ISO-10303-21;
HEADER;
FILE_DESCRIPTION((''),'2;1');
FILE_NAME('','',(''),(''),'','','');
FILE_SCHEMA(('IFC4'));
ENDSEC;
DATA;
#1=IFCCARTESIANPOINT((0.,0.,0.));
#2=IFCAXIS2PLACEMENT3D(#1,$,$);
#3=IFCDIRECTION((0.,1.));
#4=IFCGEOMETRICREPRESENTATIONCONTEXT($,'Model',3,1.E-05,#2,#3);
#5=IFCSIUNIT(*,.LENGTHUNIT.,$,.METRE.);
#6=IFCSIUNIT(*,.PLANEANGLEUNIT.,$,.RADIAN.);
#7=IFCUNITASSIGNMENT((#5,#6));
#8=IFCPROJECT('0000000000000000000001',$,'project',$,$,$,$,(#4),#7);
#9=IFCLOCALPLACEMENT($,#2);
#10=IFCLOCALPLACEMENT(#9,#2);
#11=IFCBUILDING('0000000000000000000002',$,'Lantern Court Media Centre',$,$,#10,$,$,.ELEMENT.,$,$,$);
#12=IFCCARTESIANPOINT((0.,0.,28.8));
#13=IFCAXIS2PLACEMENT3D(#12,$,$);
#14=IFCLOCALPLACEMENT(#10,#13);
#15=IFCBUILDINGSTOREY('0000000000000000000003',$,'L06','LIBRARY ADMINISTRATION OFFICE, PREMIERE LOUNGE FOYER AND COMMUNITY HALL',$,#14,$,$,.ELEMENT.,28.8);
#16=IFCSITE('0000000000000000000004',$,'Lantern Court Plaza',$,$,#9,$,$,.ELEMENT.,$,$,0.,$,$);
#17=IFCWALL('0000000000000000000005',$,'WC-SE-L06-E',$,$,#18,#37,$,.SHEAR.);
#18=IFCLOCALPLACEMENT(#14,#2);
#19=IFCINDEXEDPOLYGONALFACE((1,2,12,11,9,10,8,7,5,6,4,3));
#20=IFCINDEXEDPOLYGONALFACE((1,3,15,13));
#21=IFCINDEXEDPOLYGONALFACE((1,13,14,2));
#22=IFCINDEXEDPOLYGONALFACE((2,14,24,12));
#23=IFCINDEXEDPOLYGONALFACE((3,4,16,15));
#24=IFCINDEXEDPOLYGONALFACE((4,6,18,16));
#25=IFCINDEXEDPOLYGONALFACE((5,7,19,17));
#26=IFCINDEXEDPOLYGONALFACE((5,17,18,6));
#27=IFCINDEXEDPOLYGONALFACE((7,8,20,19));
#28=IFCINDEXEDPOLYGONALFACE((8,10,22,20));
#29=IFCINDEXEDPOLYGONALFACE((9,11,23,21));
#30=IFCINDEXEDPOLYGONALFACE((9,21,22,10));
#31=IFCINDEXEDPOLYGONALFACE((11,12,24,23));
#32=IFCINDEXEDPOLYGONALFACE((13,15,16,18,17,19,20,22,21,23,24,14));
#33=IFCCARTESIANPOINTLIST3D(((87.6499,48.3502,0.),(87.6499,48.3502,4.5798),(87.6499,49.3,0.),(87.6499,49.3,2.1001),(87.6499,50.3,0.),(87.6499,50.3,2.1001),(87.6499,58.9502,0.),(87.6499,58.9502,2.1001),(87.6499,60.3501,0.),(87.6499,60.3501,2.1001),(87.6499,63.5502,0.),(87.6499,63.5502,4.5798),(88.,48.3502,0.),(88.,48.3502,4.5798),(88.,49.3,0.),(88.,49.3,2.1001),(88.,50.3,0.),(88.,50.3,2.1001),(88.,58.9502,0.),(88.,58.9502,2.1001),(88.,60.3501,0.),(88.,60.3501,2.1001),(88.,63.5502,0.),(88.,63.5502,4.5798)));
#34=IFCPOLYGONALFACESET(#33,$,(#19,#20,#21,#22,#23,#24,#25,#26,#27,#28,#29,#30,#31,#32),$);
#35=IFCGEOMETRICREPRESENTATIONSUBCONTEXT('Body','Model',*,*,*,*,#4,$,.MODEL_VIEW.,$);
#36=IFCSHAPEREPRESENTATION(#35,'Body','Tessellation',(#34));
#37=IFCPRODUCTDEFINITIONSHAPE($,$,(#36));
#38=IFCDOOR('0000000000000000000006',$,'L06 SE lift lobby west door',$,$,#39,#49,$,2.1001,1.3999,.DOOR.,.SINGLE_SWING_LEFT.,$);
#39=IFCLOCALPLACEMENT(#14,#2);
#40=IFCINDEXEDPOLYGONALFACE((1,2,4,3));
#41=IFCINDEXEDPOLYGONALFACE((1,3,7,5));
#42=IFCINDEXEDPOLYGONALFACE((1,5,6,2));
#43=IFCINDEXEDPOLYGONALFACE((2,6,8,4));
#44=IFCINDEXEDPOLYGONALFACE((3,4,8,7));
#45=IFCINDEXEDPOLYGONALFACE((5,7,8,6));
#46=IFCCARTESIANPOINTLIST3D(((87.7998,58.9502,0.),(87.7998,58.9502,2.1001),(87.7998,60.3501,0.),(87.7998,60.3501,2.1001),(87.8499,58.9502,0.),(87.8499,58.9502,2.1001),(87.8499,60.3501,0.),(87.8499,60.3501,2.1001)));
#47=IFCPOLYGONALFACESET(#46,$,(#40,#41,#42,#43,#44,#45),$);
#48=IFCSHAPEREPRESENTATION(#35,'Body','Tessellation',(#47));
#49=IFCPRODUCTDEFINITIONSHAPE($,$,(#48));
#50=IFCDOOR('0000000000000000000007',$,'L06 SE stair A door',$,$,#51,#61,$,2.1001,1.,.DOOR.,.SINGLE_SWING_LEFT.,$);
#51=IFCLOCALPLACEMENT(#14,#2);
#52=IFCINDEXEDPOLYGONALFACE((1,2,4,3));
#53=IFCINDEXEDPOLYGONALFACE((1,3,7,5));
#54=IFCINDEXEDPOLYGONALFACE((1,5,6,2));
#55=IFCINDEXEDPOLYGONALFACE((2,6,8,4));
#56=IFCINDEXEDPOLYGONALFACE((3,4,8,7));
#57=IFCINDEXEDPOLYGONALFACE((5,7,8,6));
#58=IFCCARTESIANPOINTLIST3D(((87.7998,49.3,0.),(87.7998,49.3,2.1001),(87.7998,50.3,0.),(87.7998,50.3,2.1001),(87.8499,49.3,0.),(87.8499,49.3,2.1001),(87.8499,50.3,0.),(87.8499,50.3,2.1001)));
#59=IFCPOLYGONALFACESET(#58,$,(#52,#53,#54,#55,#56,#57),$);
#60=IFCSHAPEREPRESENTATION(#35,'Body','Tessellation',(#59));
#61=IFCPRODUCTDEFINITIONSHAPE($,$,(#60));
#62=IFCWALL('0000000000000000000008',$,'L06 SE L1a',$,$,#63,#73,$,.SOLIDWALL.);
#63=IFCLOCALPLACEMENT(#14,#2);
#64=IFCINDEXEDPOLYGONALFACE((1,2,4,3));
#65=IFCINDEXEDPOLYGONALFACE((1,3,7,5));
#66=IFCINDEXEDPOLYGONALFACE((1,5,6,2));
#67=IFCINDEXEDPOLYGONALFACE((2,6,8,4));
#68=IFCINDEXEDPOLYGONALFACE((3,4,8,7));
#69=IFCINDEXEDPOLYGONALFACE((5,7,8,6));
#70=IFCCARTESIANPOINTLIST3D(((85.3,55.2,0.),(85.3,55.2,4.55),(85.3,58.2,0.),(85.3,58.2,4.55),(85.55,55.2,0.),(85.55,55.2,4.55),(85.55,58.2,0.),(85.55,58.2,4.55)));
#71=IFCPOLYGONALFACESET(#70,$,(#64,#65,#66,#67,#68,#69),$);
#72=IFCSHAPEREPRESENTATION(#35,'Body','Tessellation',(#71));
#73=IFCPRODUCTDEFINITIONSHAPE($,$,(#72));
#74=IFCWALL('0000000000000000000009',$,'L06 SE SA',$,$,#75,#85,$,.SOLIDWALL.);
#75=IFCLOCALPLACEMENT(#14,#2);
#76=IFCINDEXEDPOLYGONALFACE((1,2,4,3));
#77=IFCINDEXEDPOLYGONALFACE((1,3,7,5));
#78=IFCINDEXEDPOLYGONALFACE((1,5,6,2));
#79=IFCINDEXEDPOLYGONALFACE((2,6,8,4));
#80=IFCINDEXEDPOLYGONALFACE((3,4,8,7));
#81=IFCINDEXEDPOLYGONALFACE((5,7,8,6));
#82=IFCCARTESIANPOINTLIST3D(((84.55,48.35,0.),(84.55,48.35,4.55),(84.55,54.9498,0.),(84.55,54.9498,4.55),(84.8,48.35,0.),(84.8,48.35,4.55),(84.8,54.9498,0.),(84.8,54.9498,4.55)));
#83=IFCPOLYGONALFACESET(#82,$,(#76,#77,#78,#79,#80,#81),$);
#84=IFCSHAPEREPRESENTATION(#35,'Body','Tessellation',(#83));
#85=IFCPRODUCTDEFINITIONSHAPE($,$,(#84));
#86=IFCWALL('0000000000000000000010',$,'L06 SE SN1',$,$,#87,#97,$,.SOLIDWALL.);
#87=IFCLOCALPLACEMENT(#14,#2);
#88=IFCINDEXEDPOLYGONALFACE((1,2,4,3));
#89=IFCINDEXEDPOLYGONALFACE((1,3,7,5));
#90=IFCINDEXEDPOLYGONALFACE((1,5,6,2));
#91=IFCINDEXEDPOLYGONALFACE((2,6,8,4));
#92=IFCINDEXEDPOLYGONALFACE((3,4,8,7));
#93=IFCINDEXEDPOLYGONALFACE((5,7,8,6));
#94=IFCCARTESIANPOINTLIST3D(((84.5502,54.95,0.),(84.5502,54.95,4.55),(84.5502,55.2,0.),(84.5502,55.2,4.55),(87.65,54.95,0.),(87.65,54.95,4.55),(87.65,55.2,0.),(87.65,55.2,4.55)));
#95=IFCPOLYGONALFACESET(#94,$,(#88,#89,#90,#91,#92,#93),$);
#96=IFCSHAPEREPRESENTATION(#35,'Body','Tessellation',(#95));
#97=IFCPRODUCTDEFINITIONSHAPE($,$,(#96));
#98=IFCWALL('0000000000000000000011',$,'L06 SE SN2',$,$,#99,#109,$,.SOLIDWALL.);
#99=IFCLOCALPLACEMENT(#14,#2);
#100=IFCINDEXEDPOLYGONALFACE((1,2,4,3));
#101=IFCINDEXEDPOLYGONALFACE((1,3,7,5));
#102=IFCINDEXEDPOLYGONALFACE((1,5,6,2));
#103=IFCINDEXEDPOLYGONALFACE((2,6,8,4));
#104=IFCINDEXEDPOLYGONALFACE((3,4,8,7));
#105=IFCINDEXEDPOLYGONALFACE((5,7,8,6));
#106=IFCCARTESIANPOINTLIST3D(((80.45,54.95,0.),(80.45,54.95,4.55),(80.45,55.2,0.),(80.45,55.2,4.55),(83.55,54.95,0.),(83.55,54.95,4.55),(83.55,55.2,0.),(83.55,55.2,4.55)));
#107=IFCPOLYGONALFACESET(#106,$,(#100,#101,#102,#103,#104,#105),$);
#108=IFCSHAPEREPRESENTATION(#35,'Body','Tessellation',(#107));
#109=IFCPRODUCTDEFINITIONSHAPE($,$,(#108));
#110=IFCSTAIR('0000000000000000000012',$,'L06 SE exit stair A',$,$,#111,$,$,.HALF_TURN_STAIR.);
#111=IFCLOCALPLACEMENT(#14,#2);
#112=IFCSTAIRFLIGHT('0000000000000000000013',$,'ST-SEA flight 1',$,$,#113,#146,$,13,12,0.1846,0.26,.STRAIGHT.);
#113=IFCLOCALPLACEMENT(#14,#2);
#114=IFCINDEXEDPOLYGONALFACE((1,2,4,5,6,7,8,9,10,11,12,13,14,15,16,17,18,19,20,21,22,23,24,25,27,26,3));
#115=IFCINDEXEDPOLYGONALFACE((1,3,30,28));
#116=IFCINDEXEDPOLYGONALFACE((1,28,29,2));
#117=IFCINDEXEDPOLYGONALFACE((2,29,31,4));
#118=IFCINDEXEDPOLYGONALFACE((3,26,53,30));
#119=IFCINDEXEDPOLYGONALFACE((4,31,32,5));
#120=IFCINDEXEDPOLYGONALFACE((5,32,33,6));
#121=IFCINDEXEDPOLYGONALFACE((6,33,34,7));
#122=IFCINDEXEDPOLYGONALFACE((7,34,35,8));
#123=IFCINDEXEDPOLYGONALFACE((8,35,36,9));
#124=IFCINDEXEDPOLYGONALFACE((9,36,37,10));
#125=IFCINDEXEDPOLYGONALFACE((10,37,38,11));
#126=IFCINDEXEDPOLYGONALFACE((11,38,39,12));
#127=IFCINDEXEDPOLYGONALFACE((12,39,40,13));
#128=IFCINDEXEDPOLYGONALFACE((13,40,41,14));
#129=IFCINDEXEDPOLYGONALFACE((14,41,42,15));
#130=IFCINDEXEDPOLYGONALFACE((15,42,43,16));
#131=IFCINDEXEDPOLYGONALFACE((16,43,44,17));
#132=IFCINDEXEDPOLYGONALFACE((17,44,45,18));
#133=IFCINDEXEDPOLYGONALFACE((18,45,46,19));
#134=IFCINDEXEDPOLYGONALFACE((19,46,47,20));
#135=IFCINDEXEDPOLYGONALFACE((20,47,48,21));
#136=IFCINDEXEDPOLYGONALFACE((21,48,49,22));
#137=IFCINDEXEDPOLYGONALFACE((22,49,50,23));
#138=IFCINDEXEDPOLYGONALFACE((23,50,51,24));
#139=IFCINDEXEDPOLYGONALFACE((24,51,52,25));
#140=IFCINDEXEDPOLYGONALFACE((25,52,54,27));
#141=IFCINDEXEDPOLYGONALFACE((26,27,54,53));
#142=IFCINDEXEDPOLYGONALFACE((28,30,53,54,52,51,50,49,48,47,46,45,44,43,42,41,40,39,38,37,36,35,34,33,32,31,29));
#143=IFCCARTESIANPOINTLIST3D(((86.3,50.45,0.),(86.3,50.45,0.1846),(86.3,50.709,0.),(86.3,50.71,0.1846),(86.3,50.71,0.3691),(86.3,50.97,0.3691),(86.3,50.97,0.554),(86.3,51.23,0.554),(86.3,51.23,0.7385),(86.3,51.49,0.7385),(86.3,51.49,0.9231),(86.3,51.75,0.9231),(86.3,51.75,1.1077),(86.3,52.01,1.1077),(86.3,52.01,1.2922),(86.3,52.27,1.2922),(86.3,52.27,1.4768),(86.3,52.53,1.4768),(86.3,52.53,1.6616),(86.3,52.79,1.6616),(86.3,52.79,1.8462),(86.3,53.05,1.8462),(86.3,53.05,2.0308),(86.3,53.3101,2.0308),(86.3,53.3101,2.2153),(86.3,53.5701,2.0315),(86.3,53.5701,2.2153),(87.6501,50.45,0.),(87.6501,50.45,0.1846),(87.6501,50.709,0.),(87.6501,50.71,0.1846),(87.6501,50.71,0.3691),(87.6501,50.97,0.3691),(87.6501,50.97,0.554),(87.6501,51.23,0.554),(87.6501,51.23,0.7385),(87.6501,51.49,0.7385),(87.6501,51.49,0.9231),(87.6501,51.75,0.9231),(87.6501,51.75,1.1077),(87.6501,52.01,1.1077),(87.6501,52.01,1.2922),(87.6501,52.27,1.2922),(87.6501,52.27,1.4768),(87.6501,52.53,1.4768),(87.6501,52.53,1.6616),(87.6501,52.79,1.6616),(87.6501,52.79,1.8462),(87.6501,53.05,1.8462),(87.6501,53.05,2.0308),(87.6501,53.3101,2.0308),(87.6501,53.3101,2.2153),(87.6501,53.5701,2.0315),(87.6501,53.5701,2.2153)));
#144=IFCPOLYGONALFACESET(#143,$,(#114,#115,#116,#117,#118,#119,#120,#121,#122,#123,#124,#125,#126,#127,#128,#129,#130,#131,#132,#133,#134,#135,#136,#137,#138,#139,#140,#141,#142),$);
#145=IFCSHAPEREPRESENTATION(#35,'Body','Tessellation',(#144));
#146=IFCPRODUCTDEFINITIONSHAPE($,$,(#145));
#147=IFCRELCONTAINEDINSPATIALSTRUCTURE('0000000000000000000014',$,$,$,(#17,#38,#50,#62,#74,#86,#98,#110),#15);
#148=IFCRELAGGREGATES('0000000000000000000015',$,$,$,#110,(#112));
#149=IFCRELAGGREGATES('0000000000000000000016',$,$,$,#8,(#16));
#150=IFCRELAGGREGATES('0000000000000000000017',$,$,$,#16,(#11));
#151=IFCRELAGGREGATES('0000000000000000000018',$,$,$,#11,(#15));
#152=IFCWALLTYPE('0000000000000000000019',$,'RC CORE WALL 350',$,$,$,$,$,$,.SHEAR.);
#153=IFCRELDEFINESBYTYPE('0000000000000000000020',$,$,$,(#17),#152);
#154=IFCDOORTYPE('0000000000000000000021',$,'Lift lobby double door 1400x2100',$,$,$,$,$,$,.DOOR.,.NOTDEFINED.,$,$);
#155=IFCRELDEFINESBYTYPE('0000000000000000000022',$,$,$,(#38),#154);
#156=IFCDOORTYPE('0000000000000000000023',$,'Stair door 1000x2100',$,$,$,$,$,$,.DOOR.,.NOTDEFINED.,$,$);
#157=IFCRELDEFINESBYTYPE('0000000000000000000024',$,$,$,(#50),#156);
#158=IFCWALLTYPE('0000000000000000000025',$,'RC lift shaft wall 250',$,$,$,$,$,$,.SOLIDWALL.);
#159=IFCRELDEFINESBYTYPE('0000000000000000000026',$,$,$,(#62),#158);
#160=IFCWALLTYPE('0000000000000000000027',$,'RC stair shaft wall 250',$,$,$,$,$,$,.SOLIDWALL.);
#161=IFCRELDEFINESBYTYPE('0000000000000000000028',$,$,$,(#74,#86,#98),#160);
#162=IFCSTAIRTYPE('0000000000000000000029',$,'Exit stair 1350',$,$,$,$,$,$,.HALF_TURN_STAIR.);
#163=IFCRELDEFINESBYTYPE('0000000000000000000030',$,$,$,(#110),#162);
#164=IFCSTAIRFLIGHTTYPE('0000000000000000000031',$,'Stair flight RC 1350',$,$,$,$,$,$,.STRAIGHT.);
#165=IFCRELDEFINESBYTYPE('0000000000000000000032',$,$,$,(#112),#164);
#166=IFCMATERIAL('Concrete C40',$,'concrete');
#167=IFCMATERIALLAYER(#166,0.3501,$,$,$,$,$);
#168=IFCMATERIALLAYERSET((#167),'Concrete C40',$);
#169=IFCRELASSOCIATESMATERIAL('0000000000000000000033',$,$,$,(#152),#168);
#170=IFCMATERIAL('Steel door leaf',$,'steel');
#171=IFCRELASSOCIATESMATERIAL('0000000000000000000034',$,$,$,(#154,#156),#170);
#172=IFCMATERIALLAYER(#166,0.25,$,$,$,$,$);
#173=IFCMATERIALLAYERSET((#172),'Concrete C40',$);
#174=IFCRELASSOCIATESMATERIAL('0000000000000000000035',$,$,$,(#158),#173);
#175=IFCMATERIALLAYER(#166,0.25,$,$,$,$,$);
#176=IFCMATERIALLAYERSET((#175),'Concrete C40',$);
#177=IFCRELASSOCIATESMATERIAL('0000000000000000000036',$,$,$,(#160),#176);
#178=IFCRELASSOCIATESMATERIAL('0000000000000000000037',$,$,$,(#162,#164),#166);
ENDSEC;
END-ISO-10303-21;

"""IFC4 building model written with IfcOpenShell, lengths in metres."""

from ifc_helpers import new_model, si_unit, direction, frame, frame_2d, origin, place, context, subcontext, project, spatial, polyline, rectangle, outline, extrude, material, layer, layer_set, type_object, element, fill, aggregate, save


model = new_model("IFC4")

# Units and contexts
model_context = context("Model", 3, precision=1e-05, world=origin(), true_north=direction((0.0, 1.0)))
body_context = subcontext(model_context, "Body", "Model", "MODEL_VIEW")
ifc_project = project(units=[si_unit("LENGTHUNIT", "METRE"), si_unit("PLANEANGLEUNIT", "RADIAN")], contexts=[model_context])

# Site, building, storey
site_placement = place(None, origin())
site = spatial("IfcSite", under=ifc_project, at=site_placement, Name="Lantern Court Plaza", CompositionType="ELEMENT", RefElevation=0.0)
building_placement = place(site_placement, origin())
building = spatial("IfcBuilding", under=site, at=building_placement, Name="Lantern Court Media Centre", CompositionType="ELEMENT")
storey_placement = place(building_placement, frame((0.0, 0.0, 28.8)))
storey = spatial("IfcBuildingStorey", under=building, at=storey_placement, Name="L06", Description="LIBRARY ADMINISTRATION OFFICE, PREMIERE LOUNGE FOYER AND COMMUNITY HALL", CompositionType="ELEMENT", Elevation=28.8)

# Wall, openings, doors
ifc_material_1 = material(Name="Concrete C40", Category="concrete")
ifc_layer_1 = layer(ifc_material_1, 0.3501)
ifc_layer_set_1 = layer_set([ifc_layer_1], Name="Concrete C40")
wall_type_1 = type_object("IfcWallType", Name="RC CORE WALL 350", PredefinedType="SHEAR", material=ifc_layer_set_1)
wall_1_placement = place(storey_placement, frame((87.825, 48.3501, 0.0), z_axis=(0.0, 0.0, 1.0), x_axis=(0.0, 1.0, 0.0)))
wall_1 = element("IfcWall", 1, at=wall_1_placement, inside=storey, type_object=wall_type_1, Name="WC-SE-L06-E", PredefinedType="SHEAR", context=body_context, shape_type="SweptSolid", body=[
    extrude(rectangle(XDim=15.2, YDim=0.3501, at=frame_2d((7.6001, 0.0))), origin(), (0.0, 0.0, 1.0), 4.5798),
])
opening_1_placement = place(wall_1_placement, frame((0.95, 0.0, 0.0)))
opening_1 = element("IfcOpeningElement", 2, at=opening_1_placement, cuts=wall_1, PredefinedType="OPENING", context=body_context, shape_type="SweptSolid", body=[
    extrude(rectangle(XDim=1.0, YDim=2.1001, at=frame_2d((0.5, 1.05))), frame((0.0, 0.1851, 0.0), z_axis=(0.0, -1.0, 0.0), x_axis=(1.0, 0.0, 0.0)), (0.0, 0.0, 1.0), 0.3701),
])
opening_2_placement = place(wall_1_placement, frame((10.6001, 0.0, 0.0)))
opening_2 = element("IfcOpeningElement", 3, at=opening_2_placement, cuts=wall_1, PredefinedType="OPENING", context=body_context, shape_type="SweptSolid", body=[
    extrude(rectangle(XDim=1.3999, YDim=2.1001, at=frame_2d((0.7, 1.05))), frame((0.0, 0.1851, 0.0), z_axis=(0.0, -1.0, 0.0), x_axis=(1.0, 0.0, 0.0)), (0.0, 0.0, 1.0), 0.3701),
])
ifc_material_2 = material(Name="Steel door leaf", Category="steel")
door_type_1 = type_object("IfcDoorType", Name="Lift lobby double door 1400x2100", OperationType="NOTDEFINED", PredefinedType="DOOR", material=ifc_material_2)
door_1_placement = place(opening_2_placement, frame((1.3999, 0.0, 0.0), z_axis=(0.0, 0.0, 1.0), x_axis=(-1.0, 0.0, 0.0)))
door_1 = element("IfcDoor", 4, at=door_1_placement, inside=storey, type_object=door_type_1, Name="L06 SE lift lobby west door", OperationType="SINGLE_SWING_LEFT", OverallHeight=2.1001, OverallWidth=1.3999, PredefinedType="DOOR", context=body_context, shape_type="SweptSolid", body=[
    extrude(rectangle(XDim=1.3999, YDim=2.1001, at=frame_2d((0.7, 1.05))), frame((0.0, 0.0249, 0.0), z_axis=(0.0, -1.0, 0.0), x_axis=(1.0, 0.0, 0.0)), (0.0, 0.0, 1.0), 0.05),
])
fill(opening_2, door_1)
door_type_2 = type_object("IfcDoorType", Name="Stair door 1000x2100", OperationType="NOTDEFINED", PredefinedType="DOOR", material=ifc_material_2)
door_2_placement = place(opening_1_placement, frame((1.0, 0.0, 0.0), z_axis=(0.0, 0.0, 1.0), x_axis=(-1.0, 0.0, 0.0)))
door_2 = element("IfcDoor", 5, at=door_2_placement, inside=storey, type_object=door_type_2, Name="L06 SE stair A door", OperationType="SINGLE_SWING_LEFT", OverallHeight=2.1001, OverallWidth=1.0, PredefinedType="DOOR", context=body_context, shape_type="SweptSolid", body=[
    extrude(rectangle(XDim=1.0, YDim=2.1001, at=frame_2d((0.5, 1.05))), frame((0.0, 0.0249, 0.0), z_axis=(0.0, -1.0, 0.0), x_axis=(1.0, 0.0, 0.0)), (0.0, 0.0, 1.0), 0.05),
])
fill(opening_1, door_2)

# Walls
ifc_layer_2 = layer(ifc_material_1, 0.25)
ifc_layer_set_2 = layer_set([ifc_layer_2], Name="Concrete C40")
wall_type_2 = type_object("IfcWallType", Name="RC lift shaft wall 250", PredefinedType="SOLIDWALL", material=ifc_layer_set_2)
wall_2_placement = place(storey_placement, frame((85.425, 55.2, 0.0), z_axis=(0.0, 0.0, 1.0), x_axis=(0.0, 1.0, 0.0)))
element("IfcWall", 6, at=wall_2_placement, inside=storey, type_object=wall_type_2, Name="L06 SE L1a", PredefinedType="SOLIDWALL", context=body_context, shape_type="SweptSolid", body=[
    extrude(rectangle(XDim=3.0, YDim=0.25, at=frame_2d((1.5, 0.0))), origin(), (0.0, 0.0, 1.0), 4.55),
])
ifc_layer_3 = layer(ifc_material_1, 0.25)
ifc_layer_set_3 = layer_set([ifc_layer_3], Name="Concrete C40")
wall_type_3 = type_object("IfcWallType", Name="RC stair shaft wall 250", PredefinedType="SOLIDWALL", material=ifc_layer_set_3)
wall_3_placement = place(storey_placement, frame((84.675, 48.3501, 0.0), z_axis=(0.0, 0.0, 1.0), x_axis=(0.0, 1.0, 0.0)))
element("IfcWall", 7, at=wall_3_placement, inside=storey, type_object=wall_type_3, Name="L06 SE SA", PredefinedType="SOLIDWALL", context=body_context, shape_type="SweptSolid", body=[
    extrude(rectangle(XDim=6.5999, YDim=0.25, at=frame_2d((3.2998, 0.0))), origin(), (0.0, 0.0, 1.0), 4.55),
])
wall_4_placement = place(storey_placement, frame((87.6499, 55.075, 0.0), z_axis=(0.0, 0.0, 1.0), x_axis=(-1.0, 0.0, 0.0)))
element("IfcWall", 8, at=wall_4_placement, inside=storey, type_object=wall_type_3, Name="L06 SE SN1", PredefinedType="SOLIDWALL", context=body_context, shape_type="SweptSolid", body=[
    extrude(rectangle(XDim=3.0999, YDim=0.25, at=frame_2d((1.5498, 0.0))), origin(), (0.0, 0.0, 1.0), 4.55),
])
wall_5_placement = place(storey_placement, frame((83.55, 55.075, 0.0), z_axis=(0.0, 0.0, 1.0), x_axis=(-1.0, 0.0, 0.0)))
element("IfcWall", 9, at=wall_5_placement, inside=storey, type_object=wall_type_3, Name="L06 SE SN2", PredefinedType="SOLIDWALL", context=body_context, shape_type="SweptSolid", body=[
    extrude(rectangle(XDim=3.1001, YDim=0.25, at=frame_2d((1.55, 0.0))), origin(), (0.0, 0.0, 1.0), 4.55),
])

# Stair, stair flight
stair_type = type_object("IfcStairType", Name="Exit stair 1350", PredefinedType="HALF_TURN_STAIR", material=ifc_material_1)
stair_placement = place(storey_placement, origin())
stair = element("IfcStair", 10, at=stair_placement, inside=storey, type_object=stair_type, Name="L06 SE exit stair A", PredefinedType="HALF_TURN_STAIR")
stair_flight_type = type_object("IfcStairFlightType", Name="Stair flight RC 1350", PredefinedType="STRAIGHT", material=ifc_material_1)
stair_flight_1_placement = place(storey_placement, frame((86.9751, 50.45, 0.0), z_axis=(0.0, 0.0, 1.0), x_axis=(0.0, 1.0, 0.0)))
stair_flight_1 = element("IfcStairFlight", 11, at=stair_flight_1_placement, type_object=stair_flight_type, Name="ST-SEA flight 1", NumberOfRisers=13, NumberOfTreads=12, PredefinedType="STRAIGHT", RiserHeight=0.1846, TreadLength=0.26, context=body_context, shape_type="SweptSolid", body=[
    extrude(outline(polyline([(0.0, 0.0), (0.0, 0.1846), (0.26, 0.1846), (0.26, 0.3691), (0.52, 0.3691), (0.52, 0.554), (0.78, 0.554), (0.78, 0.7385), (1.04, 0.7385), (1.04, 0.9231), (1.3, 0.9231), (1.3, 1.1077), (1.5601, 1.1077), (1.5601, 1.2922), (1.8201, 1.2922), (1.8201, 1.4768), (2.0801, 1.4768), (2.0801, 1.6616), (2.3401, 1.6616), (2.3401, 1.8462), (2.6001, 1.8462), (2.6001, 2.0308), (2.8601, 2.0308), (2.8601, 2.2153), (3.1201, 2.2153), (3.1201, 2.3999), (3.1201, 2.0315), (0.259, 0.0), (0.0, 0.0)])), frame((0.0, 0.675, 0.0), z_axis=(0.0, -1.0, 0.0), x_axis=(1.0, 0.0, 0.0)), (0.0, 0.0, 1.0), 1.3501),
])
aggregate(stair, [stair_flight_1])

save(model, "model.ifc")
